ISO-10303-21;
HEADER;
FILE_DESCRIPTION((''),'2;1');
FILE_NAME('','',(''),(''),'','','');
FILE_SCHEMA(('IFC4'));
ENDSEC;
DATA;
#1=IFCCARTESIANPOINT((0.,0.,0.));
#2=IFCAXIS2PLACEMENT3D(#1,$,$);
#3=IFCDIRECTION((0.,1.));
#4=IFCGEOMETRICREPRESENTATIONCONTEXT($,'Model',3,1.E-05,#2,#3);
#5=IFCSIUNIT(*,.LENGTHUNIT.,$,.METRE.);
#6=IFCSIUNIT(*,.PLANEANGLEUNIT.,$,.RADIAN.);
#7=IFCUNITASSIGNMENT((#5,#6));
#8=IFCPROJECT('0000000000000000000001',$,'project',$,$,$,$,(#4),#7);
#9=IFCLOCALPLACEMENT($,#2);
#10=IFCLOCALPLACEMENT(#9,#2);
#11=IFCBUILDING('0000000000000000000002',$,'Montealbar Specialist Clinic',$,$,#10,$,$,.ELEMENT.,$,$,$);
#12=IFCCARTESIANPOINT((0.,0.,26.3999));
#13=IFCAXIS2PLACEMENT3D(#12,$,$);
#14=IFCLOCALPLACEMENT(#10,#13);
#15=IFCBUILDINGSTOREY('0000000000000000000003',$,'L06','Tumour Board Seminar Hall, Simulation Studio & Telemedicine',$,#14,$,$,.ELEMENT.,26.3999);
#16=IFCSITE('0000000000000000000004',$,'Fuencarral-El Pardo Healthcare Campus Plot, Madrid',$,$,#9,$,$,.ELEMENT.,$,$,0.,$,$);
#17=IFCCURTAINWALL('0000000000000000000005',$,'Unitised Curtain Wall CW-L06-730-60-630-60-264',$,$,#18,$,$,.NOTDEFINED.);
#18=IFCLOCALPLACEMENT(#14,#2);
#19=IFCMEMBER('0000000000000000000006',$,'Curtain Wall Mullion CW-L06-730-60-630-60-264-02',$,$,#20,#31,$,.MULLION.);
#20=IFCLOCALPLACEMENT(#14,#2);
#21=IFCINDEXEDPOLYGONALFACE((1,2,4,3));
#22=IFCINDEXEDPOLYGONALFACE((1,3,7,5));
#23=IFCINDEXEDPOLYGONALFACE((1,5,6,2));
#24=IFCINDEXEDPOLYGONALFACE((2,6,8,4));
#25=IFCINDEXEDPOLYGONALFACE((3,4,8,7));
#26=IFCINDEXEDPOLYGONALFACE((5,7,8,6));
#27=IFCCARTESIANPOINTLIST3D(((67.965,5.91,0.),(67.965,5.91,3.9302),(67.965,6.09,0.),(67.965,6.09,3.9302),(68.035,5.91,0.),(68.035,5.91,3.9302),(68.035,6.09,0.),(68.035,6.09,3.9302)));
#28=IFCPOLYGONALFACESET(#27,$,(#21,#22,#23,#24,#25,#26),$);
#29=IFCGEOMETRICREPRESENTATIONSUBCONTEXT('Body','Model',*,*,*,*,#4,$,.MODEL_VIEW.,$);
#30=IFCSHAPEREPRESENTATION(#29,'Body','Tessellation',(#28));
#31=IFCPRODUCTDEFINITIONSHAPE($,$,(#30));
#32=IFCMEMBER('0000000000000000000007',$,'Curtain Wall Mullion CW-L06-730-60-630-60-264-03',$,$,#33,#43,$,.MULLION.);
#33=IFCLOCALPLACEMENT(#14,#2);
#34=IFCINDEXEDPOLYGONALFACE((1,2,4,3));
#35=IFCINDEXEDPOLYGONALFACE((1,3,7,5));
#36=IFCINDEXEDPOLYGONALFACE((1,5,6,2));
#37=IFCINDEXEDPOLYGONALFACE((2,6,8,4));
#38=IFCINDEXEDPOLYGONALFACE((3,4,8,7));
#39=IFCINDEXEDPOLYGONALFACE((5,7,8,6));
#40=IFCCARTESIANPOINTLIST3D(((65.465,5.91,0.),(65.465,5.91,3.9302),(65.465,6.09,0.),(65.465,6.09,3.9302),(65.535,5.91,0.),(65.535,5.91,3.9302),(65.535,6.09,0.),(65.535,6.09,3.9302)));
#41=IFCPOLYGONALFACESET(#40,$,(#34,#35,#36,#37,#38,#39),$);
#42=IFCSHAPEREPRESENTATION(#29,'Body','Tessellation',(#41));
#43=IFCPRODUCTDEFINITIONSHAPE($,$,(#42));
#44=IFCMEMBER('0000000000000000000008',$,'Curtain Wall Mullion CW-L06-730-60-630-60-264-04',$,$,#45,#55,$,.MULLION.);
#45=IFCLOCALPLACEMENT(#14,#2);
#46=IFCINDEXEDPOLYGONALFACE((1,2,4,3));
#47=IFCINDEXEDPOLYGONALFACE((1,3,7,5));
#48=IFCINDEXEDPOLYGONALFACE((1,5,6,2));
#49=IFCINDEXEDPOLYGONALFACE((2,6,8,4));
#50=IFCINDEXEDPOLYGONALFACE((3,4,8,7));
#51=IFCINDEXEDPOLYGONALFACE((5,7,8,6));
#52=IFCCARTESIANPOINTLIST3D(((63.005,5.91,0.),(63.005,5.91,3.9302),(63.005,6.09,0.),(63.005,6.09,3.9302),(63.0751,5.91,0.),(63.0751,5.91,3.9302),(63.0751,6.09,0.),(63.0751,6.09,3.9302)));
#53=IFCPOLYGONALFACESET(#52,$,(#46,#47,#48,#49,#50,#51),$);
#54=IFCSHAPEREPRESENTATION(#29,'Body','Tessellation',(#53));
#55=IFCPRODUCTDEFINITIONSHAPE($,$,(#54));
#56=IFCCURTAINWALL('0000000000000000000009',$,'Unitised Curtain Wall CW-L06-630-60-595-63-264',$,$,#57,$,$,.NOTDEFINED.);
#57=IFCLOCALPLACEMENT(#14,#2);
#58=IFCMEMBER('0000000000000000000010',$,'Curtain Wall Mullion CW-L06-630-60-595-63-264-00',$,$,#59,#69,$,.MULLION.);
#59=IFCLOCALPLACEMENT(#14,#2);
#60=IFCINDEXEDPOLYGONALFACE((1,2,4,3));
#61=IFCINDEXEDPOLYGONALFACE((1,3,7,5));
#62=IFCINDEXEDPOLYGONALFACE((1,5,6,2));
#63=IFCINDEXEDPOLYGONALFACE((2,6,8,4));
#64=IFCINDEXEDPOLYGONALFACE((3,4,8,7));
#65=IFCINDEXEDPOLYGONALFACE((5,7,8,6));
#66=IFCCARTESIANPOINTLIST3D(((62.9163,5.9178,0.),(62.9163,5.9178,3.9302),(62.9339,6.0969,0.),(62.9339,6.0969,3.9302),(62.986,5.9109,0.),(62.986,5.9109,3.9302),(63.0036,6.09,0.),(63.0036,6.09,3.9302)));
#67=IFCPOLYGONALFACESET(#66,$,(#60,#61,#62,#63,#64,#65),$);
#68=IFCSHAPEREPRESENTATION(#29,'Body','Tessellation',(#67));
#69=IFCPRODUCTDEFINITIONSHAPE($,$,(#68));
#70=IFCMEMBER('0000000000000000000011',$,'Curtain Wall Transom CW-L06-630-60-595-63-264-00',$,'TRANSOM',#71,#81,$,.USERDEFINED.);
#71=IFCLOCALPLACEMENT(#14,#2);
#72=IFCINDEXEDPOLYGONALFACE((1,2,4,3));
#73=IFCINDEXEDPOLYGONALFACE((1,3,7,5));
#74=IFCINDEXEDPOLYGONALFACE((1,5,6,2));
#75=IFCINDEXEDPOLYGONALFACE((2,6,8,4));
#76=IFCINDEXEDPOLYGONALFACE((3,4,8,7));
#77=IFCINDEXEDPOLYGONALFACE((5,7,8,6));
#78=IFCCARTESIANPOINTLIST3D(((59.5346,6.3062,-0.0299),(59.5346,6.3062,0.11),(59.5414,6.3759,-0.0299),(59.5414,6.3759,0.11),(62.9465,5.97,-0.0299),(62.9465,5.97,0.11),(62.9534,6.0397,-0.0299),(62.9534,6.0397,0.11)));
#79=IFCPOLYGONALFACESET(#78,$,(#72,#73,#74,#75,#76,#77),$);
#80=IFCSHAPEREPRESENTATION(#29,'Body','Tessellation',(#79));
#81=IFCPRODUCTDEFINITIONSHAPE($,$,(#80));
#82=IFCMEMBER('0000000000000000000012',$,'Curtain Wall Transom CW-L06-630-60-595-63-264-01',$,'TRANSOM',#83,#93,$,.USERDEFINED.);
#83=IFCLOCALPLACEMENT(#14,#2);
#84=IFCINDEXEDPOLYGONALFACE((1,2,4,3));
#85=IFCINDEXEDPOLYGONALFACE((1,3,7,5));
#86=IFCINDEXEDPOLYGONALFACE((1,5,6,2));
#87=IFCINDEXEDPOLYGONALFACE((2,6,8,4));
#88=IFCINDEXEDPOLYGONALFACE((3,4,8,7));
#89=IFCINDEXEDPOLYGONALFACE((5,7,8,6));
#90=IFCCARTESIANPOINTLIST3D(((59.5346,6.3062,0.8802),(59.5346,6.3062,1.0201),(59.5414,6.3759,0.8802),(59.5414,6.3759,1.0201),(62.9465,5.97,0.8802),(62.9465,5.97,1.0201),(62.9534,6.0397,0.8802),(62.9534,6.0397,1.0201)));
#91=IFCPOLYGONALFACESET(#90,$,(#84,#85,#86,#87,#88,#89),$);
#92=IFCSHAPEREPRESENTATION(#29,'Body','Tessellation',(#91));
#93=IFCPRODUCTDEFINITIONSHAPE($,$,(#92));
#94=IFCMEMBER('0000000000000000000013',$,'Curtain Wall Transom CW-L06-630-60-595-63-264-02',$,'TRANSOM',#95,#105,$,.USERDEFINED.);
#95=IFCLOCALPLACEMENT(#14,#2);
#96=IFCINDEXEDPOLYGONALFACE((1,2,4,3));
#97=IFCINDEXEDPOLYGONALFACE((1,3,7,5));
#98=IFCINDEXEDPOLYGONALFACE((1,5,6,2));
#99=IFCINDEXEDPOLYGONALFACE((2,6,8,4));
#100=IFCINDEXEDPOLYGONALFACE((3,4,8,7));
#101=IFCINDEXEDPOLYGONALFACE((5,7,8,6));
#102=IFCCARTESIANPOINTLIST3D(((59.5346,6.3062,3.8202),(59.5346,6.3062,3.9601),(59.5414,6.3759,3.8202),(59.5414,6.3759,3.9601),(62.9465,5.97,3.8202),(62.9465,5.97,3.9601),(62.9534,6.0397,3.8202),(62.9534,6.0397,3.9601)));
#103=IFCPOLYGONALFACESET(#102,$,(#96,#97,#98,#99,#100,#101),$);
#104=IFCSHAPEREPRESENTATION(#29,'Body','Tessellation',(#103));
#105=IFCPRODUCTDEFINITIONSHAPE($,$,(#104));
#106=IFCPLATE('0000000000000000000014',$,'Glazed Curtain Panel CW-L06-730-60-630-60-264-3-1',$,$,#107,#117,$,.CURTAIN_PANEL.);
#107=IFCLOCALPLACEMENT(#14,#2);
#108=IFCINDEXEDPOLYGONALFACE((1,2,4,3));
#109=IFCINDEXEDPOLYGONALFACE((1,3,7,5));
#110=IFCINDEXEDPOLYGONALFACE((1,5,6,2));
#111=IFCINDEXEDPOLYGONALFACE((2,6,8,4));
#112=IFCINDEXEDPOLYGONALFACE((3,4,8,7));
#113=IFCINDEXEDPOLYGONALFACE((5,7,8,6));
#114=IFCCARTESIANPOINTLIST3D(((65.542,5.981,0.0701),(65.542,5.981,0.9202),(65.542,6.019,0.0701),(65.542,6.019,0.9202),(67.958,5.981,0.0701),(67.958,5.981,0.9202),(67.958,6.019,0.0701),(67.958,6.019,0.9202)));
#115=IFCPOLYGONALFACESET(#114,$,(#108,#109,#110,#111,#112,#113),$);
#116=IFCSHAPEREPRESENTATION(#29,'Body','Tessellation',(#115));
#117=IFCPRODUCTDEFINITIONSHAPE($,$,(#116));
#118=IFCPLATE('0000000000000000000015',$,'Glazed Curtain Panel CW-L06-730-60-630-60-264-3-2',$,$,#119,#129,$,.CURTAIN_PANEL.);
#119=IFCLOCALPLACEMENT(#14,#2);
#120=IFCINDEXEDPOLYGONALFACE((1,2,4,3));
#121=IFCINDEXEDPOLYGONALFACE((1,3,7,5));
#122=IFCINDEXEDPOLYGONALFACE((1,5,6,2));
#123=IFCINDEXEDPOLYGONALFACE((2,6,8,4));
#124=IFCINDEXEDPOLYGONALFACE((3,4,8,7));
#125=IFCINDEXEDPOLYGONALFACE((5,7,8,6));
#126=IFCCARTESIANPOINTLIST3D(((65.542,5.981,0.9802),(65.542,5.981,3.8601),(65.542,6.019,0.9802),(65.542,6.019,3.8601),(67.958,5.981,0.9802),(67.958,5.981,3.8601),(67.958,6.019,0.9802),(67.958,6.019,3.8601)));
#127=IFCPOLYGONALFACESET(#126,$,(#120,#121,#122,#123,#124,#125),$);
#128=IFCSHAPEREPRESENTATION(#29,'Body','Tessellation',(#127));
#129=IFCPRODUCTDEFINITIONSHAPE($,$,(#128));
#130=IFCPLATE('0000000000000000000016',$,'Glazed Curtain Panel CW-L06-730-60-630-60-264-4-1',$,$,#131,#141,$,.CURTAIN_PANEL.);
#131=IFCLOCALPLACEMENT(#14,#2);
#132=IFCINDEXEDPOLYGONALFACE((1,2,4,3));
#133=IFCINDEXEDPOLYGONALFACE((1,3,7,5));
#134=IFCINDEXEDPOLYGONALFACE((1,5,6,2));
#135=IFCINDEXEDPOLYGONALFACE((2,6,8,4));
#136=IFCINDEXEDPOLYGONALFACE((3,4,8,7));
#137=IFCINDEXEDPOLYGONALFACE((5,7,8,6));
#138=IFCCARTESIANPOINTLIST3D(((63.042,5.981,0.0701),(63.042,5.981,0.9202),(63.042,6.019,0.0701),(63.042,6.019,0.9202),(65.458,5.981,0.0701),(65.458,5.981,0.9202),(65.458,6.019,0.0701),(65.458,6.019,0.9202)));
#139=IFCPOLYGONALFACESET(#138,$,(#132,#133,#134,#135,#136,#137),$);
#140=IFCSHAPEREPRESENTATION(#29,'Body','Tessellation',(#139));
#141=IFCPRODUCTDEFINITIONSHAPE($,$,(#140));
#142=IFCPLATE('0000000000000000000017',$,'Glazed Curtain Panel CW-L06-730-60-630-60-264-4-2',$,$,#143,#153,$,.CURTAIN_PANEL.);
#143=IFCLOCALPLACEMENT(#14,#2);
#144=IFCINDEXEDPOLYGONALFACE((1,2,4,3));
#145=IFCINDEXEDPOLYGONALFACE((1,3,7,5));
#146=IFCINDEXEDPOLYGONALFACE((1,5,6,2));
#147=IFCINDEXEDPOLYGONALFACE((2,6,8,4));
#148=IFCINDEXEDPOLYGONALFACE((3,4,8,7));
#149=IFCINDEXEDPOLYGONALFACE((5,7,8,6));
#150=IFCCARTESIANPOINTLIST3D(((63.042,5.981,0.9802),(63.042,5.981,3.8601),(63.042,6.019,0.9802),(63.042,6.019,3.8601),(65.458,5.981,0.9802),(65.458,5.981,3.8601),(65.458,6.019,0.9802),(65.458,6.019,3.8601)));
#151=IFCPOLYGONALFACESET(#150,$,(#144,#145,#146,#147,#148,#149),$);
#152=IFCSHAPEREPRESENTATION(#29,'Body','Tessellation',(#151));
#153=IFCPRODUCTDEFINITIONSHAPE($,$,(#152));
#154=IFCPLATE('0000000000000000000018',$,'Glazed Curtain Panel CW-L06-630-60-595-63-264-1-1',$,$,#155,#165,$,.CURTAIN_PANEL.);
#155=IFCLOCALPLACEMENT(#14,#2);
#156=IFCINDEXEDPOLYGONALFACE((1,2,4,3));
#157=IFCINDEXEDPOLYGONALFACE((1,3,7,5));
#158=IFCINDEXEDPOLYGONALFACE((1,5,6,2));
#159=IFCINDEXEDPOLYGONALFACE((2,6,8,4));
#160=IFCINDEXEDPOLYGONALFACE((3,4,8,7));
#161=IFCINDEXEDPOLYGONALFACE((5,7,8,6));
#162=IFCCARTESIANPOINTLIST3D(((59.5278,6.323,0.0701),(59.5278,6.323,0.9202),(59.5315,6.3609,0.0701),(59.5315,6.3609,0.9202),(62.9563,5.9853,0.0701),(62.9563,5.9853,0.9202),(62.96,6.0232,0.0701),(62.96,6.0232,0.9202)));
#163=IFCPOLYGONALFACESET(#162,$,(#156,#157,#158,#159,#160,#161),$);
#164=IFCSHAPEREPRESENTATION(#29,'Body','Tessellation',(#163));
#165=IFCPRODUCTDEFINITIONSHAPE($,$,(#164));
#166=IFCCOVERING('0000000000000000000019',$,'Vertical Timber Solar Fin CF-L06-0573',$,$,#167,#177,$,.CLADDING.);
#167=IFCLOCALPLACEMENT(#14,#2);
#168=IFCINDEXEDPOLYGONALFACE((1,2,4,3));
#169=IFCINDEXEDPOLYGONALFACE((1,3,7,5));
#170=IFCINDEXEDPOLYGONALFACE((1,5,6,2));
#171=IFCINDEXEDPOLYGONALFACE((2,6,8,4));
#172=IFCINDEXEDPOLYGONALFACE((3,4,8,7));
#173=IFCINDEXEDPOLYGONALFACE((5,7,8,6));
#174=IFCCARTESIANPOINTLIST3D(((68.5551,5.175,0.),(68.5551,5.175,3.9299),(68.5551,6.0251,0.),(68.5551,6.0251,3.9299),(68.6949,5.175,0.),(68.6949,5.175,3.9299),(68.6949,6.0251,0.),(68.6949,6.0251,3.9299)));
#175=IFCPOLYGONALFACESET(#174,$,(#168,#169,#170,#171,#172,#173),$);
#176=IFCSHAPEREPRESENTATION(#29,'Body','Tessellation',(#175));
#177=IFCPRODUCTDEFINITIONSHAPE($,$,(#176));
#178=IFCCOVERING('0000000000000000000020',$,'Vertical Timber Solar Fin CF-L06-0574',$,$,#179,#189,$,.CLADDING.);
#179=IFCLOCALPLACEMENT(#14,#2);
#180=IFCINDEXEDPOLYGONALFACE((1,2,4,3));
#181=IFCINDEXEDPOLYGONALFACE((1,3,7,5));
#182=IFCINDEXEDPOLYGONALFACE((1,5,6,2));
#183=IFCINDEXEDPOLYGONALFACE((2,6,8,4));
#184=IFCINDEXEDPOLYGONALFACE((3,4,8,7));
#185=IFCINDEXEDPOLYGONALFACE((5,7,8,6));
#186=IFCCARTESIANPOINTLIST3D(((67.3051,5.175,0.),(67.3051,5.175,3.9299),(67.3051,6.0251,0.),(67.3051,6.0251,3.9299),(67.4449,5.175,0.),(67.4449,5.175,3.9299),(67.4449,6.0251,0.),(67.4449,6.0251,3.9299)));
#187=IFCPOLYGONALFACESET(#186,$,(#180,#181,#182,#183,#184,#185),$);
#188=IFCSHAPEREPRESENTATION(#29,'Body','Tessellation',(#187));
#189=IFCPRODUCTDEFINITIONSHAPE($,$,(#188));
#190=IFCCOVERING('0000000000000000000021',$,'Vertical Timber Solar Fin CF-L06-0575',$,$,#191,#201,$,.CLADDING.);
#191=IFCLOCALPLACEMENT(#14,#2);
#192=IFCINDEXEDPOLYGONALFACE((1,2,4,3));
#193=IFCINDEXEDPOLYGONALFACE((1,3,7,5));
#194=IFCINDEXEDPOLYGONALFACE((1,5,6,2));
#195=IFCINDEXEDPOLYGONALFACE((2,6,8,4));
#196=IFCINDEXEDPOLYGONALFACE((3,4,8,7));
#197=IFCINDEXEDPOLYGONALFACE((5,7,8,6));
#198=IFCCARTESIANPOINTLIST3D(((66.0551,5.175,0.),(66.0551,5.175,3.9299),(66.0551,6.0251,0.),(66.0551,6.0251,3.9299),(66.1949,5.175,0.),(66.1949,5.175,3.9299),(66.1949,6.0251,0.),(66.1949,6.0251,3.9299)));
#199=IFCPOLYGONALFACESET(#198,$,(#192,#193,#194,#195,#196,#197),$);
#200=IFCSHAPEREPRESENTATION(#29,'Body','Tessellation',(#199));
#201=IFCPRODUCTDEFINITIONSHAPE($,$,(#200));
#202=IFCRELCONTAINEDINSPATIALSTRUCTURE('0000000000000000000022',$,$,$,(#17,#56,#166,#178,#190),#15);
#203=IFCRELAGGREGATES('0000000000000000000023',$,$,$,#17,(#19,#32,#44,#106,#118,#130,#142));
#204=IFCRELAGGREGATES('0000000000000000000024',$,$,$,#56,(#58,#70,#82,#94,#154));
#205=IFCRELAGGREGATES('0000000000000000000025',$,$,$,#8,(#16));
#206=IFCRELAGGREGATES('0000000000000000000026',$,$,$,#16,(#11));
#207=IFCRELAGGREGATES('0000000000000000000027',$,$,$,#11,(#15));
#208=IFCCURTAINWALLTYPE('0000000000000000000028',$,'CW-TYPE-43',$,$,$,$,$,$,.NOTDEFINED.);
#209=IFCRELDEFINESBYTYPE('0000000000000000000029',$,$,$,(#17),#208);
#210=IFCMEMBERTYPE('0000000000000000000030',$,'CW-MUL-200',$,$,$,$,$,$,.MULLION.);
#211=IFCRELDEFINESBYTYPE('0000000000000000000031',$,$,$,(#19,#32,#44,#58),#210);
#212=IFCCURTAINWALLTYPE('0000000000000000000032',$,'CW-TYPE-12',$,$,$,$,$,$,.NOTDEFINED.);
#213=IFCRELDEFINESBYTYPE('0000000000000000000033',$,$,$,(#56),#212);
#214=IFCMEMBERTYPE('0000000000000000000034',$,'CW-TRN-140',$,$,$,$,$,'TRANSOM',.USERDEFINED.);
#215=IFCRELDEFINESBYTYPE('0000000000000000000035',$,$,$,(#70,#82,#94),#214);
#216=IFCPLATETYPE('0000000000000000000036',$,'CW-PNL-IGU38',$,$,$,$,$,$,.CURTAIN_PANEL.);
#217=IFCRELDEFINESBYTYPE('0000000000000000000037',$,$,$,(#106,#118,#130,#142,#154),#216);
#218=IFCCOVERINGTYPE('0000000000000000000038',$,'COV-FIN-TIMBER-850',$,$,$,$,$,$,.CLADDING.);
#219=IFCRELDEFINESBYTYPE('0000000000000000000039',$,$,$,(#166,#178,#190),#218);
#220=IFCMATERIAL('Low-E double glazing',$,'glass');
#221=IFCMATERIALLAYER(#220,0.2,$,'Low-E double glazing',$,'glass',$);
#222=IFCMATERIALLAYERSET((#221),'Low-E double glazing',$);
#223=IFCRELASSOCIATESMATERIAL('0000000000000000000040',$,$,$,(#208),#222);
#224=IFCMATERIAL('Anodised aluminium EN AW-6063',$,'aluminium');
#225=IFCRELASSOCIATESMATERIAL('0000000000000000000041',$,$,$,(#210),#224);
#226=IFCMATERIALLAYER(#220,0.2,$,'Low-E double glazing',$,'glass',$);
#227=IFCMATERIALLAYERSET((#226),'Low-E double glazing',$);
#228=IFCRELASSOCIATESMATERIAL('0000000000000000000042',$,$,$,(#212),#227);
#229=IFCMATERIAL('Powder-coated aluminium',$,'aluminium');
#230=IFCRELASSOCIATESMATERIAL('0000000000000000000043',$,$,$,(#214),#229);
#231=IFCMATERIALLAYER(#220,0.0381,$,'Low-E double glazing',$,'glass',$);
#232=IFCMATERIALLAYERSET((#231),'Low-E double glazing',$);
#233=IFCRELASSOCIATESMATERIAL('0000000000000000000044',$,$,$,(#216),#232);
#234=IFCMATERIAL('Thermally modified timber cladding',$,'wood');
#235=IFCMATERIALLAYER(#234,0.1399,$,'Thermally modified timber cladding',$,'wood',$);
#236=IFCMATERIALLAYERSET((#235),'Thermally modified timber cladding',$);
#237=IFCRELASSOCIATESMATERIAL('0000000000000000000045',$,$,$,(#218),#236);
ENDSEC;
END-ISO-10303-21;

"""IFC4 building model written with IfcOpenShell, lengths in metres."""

from ifc_helpers import new_model, si_unit, direction, frame, origin, origin_2d, place, context, subcontext, project, spatial, rectangle, extrude, material, layer, layer_set, material_profile, profile_set, type_object, element, aggregate, save


model = new_model("IFC4")

# Units and contexts
model_context = context("Model", 3, precision=1e-05, world=origin(), true_north=direction((0.0, 1.0)))
body_context = subcontext(model_context, "Body", "Model", "MODEL_VIEW")
ifc_project = project(units=[si_unit("LENGTHUNIT", "METRE"), si_unit("PLANEANGLEUNIT", "RADIAN")], contexts=[model_context])

# Site, building, storey
site_placement = place(None, origin())
site = spatial("IfcSite", under=ifc_project, at=site_placement, Name="Fuencarral-El Pardo Healthcare Campus Plot, Madrid", CompositionType="ELEMENT", RefElevation=0.0)
building_placement = place(site_placement, origin())
building = spatial("IfcBuilding", under=site, at=building_placement, Name="Montealbar Specialist Clinic", CompositionType="ELEMENT")
storey_placement = place(building_placement, frame((0.0, 0.0, 26.3999)))
storey = spatial("IfcBuildingStorey", under=building, at=storey_placement, Name="L06", Description="Tumour Board Seminar Hall, Simulation Studio & Telemedicine", CompositionType="ELEMENT", Elevation=26.3999)

# Curtain walls, members
ifc_material_1 = material(Name="Low-E double glazing", Category="glass")
ifc_layer_1 = layer(ifc_material_1, 0.2, Name="Low-E double glazing", Category="glass")
ifc_layer_set_1 = layer_set([ifc_layer_1], Name="Low-E double glazing")
curtain_wall_type_1 = type_object("IfcCurtainWallType", Name="CW-TYPE-43", PredefinedType="NOTDEFINED", material=ifc_layer_set_1)
curtain_wall_1_placement = place(storey_placement, origin())
curtain_wall_1 = element("IfcCurtainWall", 1, at=curtain_wall_1_placement, inside=storey, type_object=curtain_wall_type_1, Name="Unitised Curtain Wall CW-L06-730-60-630-60-264", PredefinedType="NOTDEFINED")
ifc_material_2 = material(Name="Anodised aluminium EN AW-6063", Category="aluminium")
ifc_material_profile_1 = material_profile(ifc_material_2, rectangle(XDim=0.0701, YDim=0.1799, at=origin_2d()), Name="ALU 70x180", Category="aluminium")
ifc_profile_set_1 = profile_set([ifc_material_profile_1], Name="Anodised aluminium EN AW-6063")
member_type_1 = type_object("IfcMemberType", Name="CW-MUL-200", PredefinedType="MULLION", material=ifc_profile_set_1)
member_1_placement = place(storey_placement, frame((68.0, 6.0, 0.0), z_axis=(0.0, 0.0, 1.0), x_axis=(-1.0, 0.0, 0.0)))
member_1 = element("IfcMember", 2, at=member_1_placement, type_object=member_type_1, Name="Curtain Wall Mullion CW-L06-730-60-630-60-264-02", PredefinedType="MULLION", context=body_context, shape_type="SweptSolid", body=[
    extrude(rectangle(XDim=0.0701, YDim=0.1799, at=origin_2d()), origin(), (0.0, 0.0, 1.0), 3.9302),
])
member_2_placement = place(storey_placement, frame((65.5, 6.0, 0.0), z_axis=(0.0, 0.0, 1.0), x_axis=(-1.0, 0.0, 0.0)))
member_2 = element("IfcMember", 3, at=member_2_placement, type_object=member_type_1, Name="Curtain Wall Mullion CW-L06-730-60-630-60-264-03", PredefinedType="MULLION", context=body_context, shape_type="SweptSolid", body=[
    extrude(rectangle(XDim=0.0701, YDim=0.1799, at=origin_2d()), origin(), (0.0, 0.0, 1.0), 3.9302),
])
member_3_placement = place(storey_placement, frame((63.04, 6.0, 0.0), z_axis=(0.0, 0.0, 1.0), x_axis=(-1.0, 0.0, 0.0)))
member_3 = element("IfcMember", 4, at=member_3_placement, type_object=member_type_1, Name="Curtain Wall Mullion CW-L06-730-60-630-60-264-04", PredefinedType="MULLION", context=body_context, shape_type="SweptSolid", body=[
    extrude(rectangle(XDim=0.0701, YDim=0.1799, at=origin_2d()), origin(), (0.0, 0.0, 1.0), 3.9302),
])
ifc_layer_2 = layer(ifc_material_1, 0.2, Name="Low-E double glazing", Category="glass")
ifc_layer_set_2 = layer_set([ifc_layer_2], Name="Low-E double glazing")
curtain_wall_type_2 = type_object("IfcCurtainWallType", Name="CW-TYPE-12", PredefinedType="NOTDEFINED", material=ifc_layer_set_2)
curtain_wall_2_placement = place(storey_placement, origin())
curtain_wall_2 = element("IfcCurtainWall", 5, at=curtain_wall_2_placement, inside=storey, type_object=curtain_wall_type_2, Name="Unitised Curtain Wall CW-L06-630-60-595-63-264", PredefinedType="NOTDEFINED")
member_4_placement = place(storey_placement, frame((62.96, 6.0039, 0.0), z_axis=(0.0, 0.0, 1.0), x_axis=(-0.995182, 0.098045, 0.0)))
member_4 = element("IfcMember", 6, at=member_4_placement, type_object=member_type_1, Name="Curtain Wall Mullion CW-L06-630-60-595-63-264-00", PredefinedType="MULLION", context=body_context, shape_type="SweptSolid", body=[
    extrude(rectangle(XDim=0.0701, YDim=0.1799, at=origin_2d()), origin(), (0.0, 0.0, 1.0), 3.9302),
])
ifc_material_3 = material(Name="Powder-coated aluminium", Category="aluminium")
ifc_material_profile_2 = material_profile(ifc_material_3, rectangle(XDim=0.0701, YDim=0.1399, at=origin_2d()), Name="ALU 70x140", Category="aluminium")
ifc_profile_set_2 = profile_set([ifc_material_profile_2], Name="Powder-coated aluminium")
member_type_2 = type_object("IfcMemberType", Name="CW-TRN-140", ElementType="TRANSOM", PredefinedType="USERDEFINED", material=ifc_profile_set_2)
member_5_placement = place(storey_placement, frame((62.95, 6.0049, 0.04), z_axis=(-0.995181, 0.098058, 0.0), x_axis=(-0.098058, -0.995181, 0.0)))
member_5 = element("IfcMember", 7, at=member_5_placement, type_object=member_type_2, Name="Curtain Wall Transom CW-L06-630-60-595-63-264-00", ObjectType="TRANSOM", PredefinedType="USERDEFINED", context=body_context, shape_type="SweptSolid", body=[
    extrude(rectangle(XDim=0.0701, YDim=0.1399, at=origin_2d()), origin(), (0.0, 0.0, 1.0), 3.4285),
])
member_6_placement = place(storey_placement, frame((62.95, 6.0049, 0.9502), z_axis=(-0.995181, 0.098058, 0.0), x_axis=(-0.098058, -0.995181, 0.0)))
member_6 = element("IfcMember", 8, at=member_6_placement, type_object=member_type_2, Name="Curtain Wall Transom CW-L06-630-60-595-63-264-01", ObjectType="TRANSOM", PredefinedType="USERDEFINED", context=body_context, shape_type="SweptSolid", body=[
    extrude(rectangle(XDim=0.0701, YDim=0.1399, at=origin_2d()), origin(), (0.0, 0.0, 1.0), 3.4285),
])
member_7_placement = place(storey_placement, frame((62.95, 6.0049, 3.8901), z_axis=(-0.995181, 0.098058, 0.0), x_axis=(-0.098058, -0.995181, 0.0)))
member_7 = element("IfcMember", 9, at=member_7_placement, type_object=member_type_2, Name="Curtain Wall Transom CW-L06-630-60-595-63-264-02", ObjectType="TRANSOM", PredefinedType="USERDEFINED", context=body_context, shape_type="SweptSolid", body=[
    extrude(rectangle(XDim=0.0701, YDim=0.1399, at=origin_2d()), origin(), (0.0, 0.0, 1.0), 3.4285),
])

# Plates
ifc_layer_3 = layer(ifc_material_1, 0.0381, Name="Low-E double glazing", Category="glass")
ifc_layer_set_3 = layer_set([ifc_layer_3], Name="Low-E double glazing")
plate_type = type_object("IfcPlateType", Name="CW-PNL-IGU38", PredefinedType="CURTAIN_PANEL", material=ifc_layer_set_3)
plate_1_placement = place(storey_placement, frame((66.75, 6.0, 0.0701), z_axis=(0.0, 0.0, 1.0), x_axis=(-1.0, 0.0, 0.0)))
plate_1 = element("IfcPlate", 10, at=plate_1_placement, type_object=plate_type, Name="Glazed Curtain Panel CW-L06-730-60-630-60-264-3-1", PredefinedType="CURTAIN_PANEL", context=body_context, shape_type="SweptSolid", body=[
    extrude(rectangle(XDim=2.416, YDim=0.0381, at=origin_2d()), origin(), (0.0, 0.0, 1.0), 0.8501),
])
plate_2_placement = place(storey_placement, frame((66.75, 6.0, 0.9802), z_axis=(0.0, 0.0, 1.0), x_axis=(-1.0, 0.0, 0.0)))
plate_2 = element("IfcPlate", 11, at=plate_2_placement, type_object=plate_type, Name="Glazed Curtain Panel CW-L06-730-60-630-60-264-3-2", PredefinedType="CURTAIN_PANEL", context=body_context, shape_type="SweptSolid", body=[
    extrude(rectangle(XDim=2.416, YDim=0.0381, at=origin_2d()), origin(), (0.0, 0.0, 1.0), 2.8799),
])
plate_3_placement = place(storey_placement, frame((64.25, 6.0, 0.0701), z_axis=(0.0, 0.0, 1.0), x_axis=(-1.0, 0.0, 0.0)))
plate_3 = element("IfcPlate", 12, at=plate_3_placement, type_object=plate_type, Name="Glazed Curtain Panel CW-L06-730-60-630-60-264-4-1", PredefinedType="CURTAIN_PANEL", context=body_context, shape_type="SweptSolid", body=[
    extrude(rectangle(XDim=2.416, YDim=0.0381, at=origin_2d()), origin(), (0.0, 0.0, 1.0), 0.8501),
])
plate_4_placement = place(storey_placement, frame((64.25, 6.0, 0.9802), z_axis=(0.0, 0.0, 1.0), x_axis=(-1.0, 0.0, 0.0)))
plate_4 = element("IfcPlate", 13, at=plate_4_placement, type_object=plate_type, Name="Glazed Curtain Panel CW-L06-730-60-630-60-264-4-2", PredefinedType="CURTAIN_PANEL", context=body_context, shape_type="SweptSolid", body=[
    extrude(rectangle(XDim=2.416, YDim=0.0381, at=origin_2d()), origin(), (0.0, 0.0, 1.0), 2.8799),
])
aggregate(curtain_wall_1, [member_1, member_2, member_3, plate_1, plate_2, plate_3, plate_4])
plate_5_placement = place(storey_placement, frame((61.2439, 6.1731, 0.0701), z_axis=(0.0, 0.0, 1.0), x_axis=(-0.995182, 0.098045, 0.0)))
plate_5 = element("IfcPlate", 14, at=plate_5_placement, type_object=plate_type, Name="Glazed Curtain Panel CW-L06-630-60-595-63-264-1-1", PredefinedType="CURTAIN_PANEL", context=body_context, shape_type="SweptSolid", body=[
    extrude(rectangle(XDim=3.4451, YDim=0.0381, at=origin_2d()), origin(), (0.0, 0.0, 1.0), 0.8501),
])
aggregate(curtain_wall_2, [member_4, member_5, member_6, member_7, plate_5])

# Coverings
ifc_material_4 = material(Name="Thermally modified timber cladding", Category="wood")
ifc_layer_4 = layer(ifc_material_4, 0.1399, Name="Thermally modified timber cladding", Category="wood")
ifc_layer_set_4 = layer_set([ifc_layer_4], Name="Thermally modified timber cladding")
covering_type = type_object("IfcCoveringType", Name="COV-FIN-TIMBER-850", PredefinedType="CLADDING", material=ifc_layer_set_4)
for number, where, z_axis, x_axis, name in (
    (15, (68.625, 5.6001, 0.0), (0.0, 0.0, 1.0), (0.0, -1.0, 0.0), "Vertical Timber Solar Fin CF-L06-0573"),
    (16, (67.375, 5.6001, 0.0), (0.0, 0.0, 1.0), (0.0, -1.0, 0.0), "Vertical Timber Solar Fin CF-L06-0574"),
    (17, (66.125, 5.6001, 0.0), (0.0, 0.0, 1.0), (0.0, -1.0, 0.0), "Vertical Timber Solar Fin CF-L06-0575"),
):
    element("IfcCovering", number, at=place(storey_placement, frame(where, z_axis=z_axis, x_axis=x_axis)), inside=storey, type_object=covering_type, Name=name, PredefinedType="CLADDING", context=body_context, shape_type="SweptSolid", body=[
        extrude(rectangle(XDim=0.8501, YDim=0.1399, at=origin_2d()), origin(), (0.0, 0.0, 1.0), 3.9299),
    ])

save(model, "model.ifc")
